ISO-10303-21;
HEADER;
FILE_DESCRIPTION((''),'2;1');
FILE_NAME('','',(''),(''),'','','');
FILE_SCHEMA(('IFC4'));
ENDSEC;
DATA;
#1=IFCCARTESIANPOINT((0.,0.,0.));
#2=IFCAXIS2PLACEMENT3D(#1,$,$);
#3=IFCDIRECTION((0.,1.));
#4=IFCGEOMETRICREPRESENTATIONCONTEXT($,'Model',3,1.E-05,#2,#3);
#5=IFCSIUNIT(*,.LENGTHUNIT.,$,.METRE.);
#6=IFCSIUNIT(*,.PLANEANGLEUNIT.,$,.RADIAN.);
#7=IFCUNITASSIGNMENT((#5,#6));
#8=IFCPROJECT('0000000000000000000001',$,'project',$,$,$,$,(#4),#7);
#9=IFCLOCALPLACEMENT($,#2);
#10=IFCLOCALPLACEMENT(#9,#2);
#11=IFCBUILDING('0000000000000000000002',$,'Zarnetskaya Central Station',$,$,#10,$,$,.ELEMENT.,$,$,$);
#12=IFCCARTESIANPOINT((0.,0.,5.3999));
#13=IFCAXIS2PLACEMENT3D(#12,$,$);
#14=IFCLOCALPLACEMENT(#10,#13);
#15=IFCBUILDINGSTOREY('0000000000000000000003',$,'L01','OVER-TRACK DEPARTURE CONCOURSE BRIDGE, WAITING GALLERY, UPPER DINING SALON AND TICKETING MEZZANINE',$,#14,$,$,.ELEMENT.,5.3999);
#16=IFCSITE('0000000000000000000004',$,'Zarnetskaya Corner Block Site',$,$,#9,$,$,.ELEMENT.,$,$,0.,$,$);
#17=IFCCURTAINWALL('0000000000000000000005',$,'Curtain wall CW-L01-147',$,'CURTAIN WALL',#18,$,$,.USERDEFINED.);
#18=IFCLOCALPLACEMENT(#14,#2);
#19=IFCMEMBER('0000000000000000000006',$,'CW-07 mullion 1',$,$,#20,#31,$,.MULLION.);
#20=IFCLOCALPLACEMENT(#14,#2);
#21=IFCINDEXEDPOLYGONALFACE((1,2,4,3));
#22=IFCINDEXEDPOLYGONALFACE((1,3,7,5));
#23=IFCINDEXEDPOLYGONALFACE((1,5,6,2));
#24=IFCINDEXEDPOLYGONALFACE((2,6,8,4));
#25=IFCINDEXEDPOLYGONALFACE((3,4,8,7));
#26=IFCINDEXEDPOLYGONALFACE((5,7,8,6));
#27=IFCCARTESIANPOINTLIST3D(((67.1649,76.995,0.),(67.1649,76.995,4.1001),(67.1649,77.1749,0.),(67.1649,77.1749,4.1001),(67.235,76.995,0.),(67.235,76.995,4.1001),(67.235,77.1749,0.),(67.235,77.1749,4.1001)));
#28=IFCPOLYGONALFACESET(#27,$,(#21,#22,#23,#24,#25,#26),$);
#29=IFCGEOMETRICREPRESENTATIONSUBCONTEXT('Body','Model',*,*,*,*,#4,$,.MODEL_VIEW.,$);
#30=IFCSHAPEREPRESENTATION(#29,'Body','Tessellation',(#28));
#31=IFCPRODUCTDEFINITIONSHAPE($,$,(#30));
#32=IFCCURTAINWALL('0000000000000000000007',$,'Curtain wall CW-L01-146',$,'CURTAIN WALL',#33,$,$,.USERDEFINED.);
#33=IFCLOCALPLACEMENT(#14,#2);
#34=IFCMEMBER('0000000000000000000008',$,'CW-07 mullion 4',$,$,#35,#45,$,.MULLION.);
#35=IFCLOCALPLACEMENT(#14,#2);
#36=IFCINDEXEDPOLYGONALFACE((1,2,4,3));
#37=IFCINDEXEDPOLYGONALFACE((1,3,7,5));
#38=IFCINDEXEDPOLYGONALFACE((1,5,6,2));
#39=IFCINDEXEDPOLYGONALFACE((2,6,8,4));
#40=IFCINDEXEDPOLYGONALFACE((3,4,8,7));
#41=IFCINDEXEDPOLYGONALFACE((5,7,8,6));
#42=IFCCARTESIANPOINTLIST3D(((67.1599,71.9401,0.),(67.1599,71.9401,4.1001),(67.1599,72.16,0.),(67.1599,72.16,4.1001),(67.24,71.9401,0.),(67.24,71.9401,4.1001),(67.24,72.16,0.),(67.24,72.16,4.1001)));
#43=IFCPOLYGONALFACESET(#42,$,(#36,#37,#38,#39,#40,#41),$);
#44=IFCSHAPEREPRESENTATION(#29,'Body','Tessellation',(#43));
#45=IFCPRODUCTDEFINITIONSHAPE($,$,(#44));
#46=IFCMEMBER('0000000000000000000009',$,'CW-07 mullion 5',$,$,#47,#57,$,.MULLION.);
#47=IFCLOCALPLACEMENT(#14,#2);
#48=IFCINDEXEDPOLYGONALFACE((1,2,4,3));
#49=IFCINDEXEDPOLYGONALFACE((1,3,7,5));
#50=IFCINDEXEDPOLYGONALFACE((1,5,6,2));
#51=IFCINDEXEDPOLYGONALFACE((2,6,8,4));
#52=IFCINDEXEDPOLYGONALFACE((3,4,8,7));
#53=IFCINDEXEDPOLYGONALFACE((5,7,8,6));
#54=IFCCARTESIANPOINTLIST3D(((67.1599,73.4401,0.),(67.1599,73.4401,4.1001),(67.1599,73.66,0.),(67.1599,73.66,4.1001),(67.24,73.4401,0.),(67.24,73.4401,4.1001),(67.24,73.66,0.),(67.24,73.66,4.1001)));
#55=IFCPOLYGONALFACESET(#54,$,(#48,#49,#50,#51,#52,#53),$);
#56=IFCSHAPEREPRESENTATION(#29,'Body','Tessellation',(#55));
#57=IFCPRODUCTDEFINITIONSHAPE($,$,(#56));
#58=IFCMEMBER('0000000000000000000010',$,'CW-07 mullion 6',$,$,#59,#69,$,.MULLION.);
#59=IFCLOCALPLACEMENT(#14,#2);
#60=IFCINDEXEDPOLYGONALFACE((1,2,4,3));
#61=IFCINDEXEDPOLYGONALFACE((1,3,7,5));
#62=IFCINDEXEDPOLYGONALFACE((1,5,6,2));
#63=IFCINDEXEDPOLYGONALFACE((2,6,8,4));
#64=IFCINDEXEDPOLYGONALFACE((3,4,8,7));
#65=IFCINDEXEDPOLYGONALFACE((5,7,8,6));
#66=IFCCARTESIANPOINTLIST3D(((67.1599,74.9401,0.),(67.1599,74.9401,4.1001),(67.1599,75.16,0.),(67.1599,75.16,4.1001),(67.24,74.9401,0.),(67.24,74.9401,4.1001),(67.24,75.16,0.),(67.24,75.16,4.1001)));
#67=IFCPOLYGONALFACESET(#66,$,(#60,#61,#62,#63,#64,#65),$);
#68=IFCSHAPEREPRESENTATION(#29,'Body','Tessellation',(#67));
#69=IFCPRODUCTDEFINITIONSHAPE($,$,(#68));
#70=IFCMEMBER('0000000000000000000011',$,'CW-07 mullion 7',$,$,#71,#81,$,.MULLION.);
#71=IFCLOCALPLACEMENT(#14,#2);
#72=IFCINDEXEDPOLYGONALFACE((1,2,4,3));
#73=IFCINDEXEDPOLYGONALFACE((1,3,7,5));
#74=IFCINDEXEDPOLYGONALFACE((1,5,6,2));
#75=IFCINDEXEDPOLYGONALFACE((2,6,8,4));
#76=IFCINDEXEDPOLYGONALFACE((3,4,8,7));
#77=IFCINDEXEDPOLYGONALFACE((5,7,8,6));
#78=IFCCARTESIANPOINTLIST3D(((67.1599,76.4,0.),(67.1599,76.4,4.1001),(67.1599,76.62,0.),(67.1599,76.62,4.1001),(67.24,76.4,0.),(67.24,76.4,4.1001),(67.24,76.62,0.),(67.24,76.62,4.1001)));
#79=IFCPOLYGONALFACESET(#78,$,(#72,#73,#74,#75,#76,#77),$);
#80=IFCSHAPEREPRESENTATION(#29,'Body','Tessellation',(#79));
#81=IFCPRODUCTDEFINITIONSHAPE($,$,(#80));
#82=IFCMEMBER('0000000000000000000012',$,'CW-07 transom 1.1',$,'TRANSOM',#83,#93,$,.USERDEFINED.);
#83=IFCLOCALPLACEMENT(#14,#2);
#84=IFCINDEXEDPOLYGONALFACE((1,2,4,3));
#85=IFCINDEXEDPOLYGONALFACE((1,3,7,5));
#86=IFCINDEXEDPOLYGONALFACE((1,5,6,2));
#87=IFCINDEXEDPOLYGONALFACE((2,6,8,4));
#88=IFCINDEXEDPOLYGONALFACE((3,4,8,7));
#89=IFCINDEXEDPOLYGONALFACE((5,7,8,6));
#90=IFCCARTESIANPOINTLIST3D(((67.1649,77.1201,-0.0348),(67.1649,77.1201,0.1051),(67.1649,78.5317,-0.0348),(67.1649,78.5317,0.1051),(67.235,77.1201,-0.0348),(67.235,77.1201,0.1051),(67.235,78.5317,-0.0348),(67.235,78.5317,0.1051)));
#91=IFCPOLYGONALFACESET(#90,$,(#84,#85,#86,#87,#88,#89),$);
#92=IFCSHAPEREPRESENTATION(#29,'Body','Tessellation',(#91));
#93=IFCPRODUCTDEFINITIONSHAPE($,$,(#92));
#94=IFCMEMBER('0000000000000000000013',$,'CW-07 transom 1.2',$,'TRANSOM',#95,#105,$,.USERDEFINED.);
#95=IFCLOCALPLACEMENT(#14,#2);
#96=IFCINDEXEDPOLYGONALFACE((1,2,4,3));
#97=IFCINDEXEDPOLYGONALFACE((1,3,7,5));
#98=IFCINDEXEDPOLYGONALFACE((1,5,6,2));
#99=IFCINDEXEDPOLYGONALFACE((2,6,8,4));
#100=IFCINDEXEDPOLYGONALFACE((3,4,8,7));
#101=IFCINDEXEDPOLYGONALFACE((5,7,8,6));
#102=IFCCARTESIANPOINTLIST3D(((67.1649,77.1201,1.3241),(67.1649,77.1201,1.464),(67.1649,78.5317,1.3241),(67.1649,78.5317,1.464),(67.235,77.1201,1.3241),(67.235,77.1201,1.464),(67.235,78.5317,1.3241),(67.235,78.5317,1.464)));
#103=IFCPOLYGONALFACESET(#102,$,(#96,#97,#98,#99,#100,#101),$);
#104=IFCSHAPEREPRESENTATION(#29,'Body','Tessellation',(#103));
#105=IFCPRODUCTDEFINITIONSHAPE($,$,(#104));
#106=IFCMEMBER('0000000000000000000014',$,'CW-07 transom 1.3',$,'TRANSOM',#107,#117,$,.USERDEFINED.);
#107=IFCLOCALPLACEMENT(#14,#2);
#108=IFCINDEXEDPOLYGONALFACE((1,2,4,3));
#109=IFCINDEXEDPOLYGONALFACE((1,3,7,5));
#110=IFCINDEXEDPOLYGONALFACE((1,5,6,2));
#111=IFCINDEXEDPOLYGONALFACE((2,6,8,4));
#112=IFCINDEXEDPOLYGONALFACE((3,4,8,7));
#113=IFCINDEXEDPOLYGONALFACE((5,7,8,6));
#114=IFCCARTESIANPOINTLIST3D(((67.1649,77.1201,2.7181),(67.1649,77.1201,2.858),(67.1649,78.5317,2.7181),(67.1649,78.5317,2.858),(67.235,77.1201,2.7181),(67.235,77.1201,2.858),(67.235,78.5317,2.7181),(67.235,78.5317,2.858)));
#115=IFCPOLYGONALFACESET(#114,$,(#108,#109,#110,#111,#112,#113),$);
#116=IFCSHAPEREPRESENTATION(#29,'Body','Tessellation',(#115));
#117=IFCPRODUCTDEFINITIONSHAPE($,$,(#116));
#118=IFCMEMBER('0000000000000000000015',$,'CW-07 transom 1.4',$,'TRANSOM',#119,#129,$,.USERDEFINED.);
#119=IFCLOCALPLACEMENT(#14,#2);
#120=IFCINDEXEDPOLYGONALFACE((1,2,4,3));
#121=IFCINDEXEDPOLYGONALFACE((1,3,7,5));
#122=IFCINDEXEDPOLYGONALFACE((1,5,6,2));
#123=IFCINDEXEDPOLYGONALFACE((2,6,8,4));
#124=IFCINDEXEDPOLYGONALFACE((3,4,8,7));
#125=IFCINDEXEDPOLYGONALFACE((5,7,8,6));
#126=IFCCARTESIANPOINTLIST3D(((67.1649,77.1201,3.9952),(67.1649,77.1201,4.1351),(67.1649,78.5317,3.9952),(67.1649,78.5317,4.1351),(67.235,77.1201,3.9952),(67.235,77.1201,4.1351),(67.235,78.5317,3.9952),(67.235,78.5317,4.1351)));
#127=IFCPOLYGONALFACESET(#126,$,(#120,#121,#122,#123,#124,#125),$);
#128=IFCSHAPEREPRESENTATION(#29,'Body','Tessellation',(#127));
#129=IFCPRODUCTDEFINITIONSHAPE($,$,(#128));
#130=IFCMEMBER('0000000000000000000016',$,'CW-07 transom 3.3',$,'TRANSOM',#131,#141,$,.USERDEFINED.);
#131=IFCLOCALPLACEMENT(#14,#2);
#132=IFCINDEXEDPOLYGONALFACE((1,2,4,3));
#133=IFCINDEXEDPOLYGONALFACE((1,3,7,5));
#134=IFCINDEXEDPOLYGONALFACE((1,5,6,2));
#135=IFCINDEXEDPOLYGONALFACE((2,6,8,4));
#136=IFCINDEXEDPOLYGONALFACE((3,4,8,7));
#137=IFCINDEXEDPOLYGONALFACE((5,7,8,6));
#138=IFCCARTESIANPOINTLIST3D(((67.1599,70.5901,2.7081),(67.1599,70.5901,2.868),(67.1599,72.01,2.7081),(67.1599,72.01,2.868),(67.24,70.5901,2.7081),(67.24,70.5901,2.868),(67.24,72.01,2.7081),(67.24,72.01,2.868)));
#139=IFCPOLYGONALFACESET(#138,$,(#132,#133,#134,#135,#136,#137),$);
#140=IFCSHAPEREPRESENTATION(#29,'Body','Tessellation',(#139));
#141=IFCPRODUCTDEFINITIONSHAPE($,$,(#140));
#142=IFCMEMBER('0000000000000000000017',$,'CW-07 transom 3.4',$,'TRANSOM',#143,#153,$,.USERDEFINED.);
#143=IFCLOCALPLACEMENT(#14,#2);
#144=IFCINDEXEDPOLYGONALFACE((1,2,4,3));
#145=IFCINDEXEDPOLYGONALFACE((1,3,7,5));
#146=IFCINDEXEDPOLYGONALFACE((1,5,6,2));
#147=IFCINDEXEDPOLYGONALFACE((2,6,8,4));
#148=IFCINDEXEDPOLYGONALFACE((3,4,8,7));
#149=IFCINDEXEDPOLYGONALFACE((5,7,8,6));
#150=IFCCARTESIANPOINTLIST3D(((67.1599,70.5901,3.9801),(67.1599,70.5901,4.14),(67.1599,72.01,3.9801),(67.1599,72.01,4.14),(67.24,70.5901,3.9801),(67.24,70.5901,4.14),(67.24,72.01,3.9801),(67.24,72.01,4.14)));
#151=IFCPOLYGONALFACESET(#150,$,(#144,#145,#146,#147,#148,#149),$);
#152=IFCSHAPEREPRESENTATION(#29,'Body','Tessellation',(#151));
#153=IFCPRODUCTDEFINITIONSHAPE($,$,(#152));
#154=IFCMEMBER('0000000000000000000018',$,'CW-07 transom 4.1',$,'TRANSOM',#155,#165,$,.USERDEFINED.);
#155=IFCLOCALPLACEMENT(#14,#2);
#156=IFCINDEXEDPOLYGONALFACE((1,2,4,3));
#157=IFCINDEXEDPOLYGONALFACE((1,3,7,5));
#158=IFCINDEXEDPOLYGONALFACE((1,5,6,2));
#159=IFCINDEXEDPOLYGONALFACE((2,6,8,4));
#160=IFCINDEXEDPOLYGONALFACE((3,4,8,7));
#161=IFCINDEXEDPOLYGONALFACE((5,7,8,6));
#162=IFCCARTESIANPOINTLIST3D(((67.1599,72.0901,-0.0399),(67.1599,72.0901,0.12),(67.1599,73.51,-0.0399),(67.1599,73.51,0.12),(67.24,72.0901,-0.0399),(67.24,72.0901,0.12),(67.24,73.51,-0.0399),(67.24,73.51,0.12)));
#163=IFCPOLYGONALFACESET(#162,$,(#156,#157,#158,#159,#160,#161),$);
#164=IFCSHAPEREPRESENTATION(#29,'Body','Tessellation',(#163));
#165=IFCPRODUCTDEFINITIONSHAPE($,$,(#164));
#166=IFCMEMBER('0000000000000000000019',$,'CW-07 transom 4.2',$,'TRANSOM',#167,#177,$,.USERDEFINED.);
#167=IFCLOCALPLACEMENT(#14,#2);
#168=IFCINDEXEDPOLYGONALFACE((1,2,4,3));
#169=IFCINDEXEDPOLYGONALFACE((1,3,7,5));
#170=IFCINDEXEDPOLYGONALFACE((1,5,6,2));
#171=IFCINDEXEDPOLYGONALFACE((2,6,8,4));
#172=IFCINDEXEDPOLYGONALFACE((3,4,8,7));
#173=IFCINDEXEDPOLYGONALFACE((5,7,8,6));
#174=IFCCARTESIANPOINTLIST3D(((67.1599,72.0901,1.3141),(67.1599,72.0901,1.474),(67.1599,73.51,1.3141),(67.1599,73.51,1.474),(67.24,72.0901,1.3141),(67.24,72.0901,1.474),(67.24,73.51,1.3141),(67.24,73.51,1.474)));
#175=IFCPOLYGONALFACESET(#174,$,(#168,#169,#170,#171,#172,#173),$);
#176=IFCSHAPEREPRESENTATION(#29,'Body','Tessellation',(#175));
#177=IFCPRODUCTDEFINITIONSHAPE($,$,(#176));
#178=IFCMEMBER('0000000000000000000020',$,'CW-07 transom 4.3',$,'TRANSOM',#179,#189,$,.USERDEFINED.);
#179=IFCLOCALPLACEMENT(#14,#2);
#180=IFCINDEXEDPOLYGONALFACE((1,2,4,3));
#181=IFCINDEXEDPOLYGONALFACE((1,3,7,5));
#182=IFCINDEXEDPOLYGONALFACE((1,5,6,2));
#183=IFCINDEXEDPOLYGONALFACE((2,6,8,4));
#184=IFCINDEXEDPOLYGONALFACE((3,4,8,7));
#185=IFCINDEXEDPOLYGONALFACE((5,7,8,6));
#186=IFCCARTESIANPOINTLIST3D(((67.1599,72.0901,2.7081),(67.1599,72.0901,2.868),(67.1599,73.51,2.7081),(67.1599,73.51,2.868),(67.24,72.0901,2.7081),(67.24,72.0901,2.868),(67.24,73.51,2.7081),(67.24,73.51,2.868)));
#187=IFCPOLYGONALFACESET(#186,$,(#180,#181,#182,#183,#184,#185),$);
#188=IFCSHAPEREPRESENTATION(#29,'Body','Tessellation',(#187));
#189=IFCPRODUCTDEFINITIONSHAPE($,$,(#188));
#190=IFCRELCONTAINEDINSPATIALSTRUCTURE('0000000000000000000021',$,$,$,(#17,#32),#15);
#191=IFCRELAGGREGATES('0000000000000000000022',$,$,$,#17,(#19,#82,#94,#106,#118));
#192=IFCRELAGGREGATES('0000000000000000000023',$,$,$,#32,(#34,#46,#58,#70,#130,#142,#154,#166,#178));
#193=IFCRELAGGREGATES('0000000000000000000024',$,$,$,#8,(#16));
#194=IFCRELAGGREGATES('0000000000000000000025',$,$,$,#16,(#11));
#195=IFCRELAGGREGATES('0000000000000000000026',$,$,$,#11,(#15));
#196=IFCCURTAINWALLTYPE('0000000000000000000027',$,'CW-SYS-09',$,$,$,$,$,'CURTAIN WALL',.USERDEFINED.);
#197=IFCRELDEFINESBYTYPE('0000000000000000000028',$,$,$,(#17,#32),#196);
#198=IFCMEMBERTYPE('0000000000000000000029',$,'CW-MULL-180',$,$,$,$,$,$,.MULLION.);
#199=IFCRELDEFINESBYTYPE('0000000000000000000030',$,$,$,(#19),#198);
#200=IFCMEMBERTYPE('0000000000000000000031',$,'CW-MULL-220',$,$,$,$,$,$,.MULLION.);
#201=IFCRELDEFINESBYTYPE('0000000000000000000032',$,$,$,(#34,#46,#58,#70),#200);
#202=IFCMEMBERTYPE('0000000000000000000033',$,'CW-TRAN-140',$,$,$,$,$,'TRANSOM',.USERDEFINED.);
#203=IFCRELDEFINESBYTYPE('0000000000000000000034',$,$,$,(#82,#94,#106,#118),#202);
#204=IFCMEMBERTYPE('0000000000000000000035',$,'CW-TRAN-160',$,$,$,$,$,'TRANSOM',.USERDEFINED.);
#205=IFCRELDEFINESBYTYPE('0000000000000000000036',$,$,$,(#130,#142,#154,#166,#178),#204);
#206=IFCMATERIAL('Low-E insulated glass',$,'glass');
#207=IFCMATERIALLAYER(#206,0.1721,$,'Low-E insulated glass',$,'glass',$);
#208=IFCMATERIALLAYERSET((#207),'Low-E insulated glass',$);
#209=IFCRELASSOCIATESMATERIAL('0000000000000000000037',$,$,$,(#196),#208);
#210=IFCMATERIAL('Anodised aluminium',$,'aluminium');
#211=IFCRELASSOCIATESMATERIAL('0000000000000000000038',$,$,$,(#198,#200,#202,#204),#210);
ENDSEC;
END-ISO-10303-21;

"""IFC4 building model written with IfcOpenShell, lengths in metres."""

from ifc_helpers import new_model, si_unit, direction, frame, origin, origin_2d, place, context, subcontext, project, spatial, rectangle, extrude, material, layer, layer_set, material_profile, profile_set, type_object, element, aggregate, save


model = new_model("IFC4")

# Units and contexts
model_context = context("Model", 3, precision=1e-05, world=origin(), true_north=direction((0.0, 1.0)))
body_context = subcontext(model_context, "Body", "Model", "MODEL_VIEW")
ifc_project = project(units=[si_unit("LENGTHUNIT", "METRE"), si_unit("PLANEANGLEUNIT", "RADIAN")], contexts=[model_context])

# Site, building, storey
site_placement = place(None, origin())
site = spatial("IfcSite", under=ifc_project, at=site_placement, Name="Zarnetskaya Corner Block Site", CompositionType="ELEMENT", RefElevation=0.0)
building_placement = place(site_placement, origin())
building = spatial("IfcBuilding", under=site, at=building_placement, Name="Zarnetskaya Central Station", CompositionType="ELEMENT")
storey_placement = place(building_placement, frame((0.0, 0.0, 5.3999)))
storey = spatial("IfcBuildingStorey", under=building, at=storey_placement, Name="L01", Description="OVER-TRACK DEPARTURE CONCOURSE BRIDGE, WAITING GALLERY, UPPER DINING SALON AND TICKETING MEZZANINE", CompositionType="ELEMENT", Elevation=5.3999)

# Curtain wall, member
ifc_material_1 = material(Name="Low-E insulated glass", Category="glass")
ifc_layer_1 = layer(ifc_material_1, 0.1721, Name="Low-E insulated glass", Category="glass")
ifc_layer_set_1 = layer_set([ifc_layer_1], Name="Low-E insulated glass")
curtain_wall_type = type_object("IfcCurtainWallType", Name="CW-SYS-09", ElementType="CURTAIN WALL", PredefinedType="USERDEFINED", material=ifc_layer_set_1)
curtain_wall_1_placement = place(storey_placement, origin())
curtain_wall_1 = element("IfcCurtainWall", 1, at=curtain_wall_1_placement, inside=storey, type_object=curtain_wall_type, Name="Curtain wall CW-L01-147", ObjectType="CURTAIN WALL", PredefinedType="USERDEFINED")
ifc_material_2 = material(Name="Anodised aluminium", Category="aluminium")
ifc_material_profile_1 = material_profile(ifc_material_2, rectangle(XDim=0.0701, YDim=0.1799, at=origin_2d()), Name="ALU MULL 70x180")
ifc_profile_set_1 = profile_set([ifc_material_profile_1], Name="Anodised aluminium")
member_type_1 = type_object("IfcMemberType", Name="CW-MULL-180", PredefinedType="MULLION", material=ifc_profile_set_1)
member_1_placement = place(storey_placement, frame((67.2, 77.085, 0.0), z_axis=(0.0, 0.0, 1.0), x_axis=(-1.0, 0.0, 0.0)))
member_1 = element("IfcMember", 2, at=member_1_placement, type_object=member_type_1, Name="CW-07 mullion 1", PredefinedType="MULLION", context=body_context, shape_type="SweptSolid", body=[
    extrude(rectangle(XDim=0.0701, YDim=0.1799, at=origin_2d()), origin(), (0.0, 0.0, 1.0), 4.1001),
])

# Curtain wall, members
curtain_wall_2_placement = place(storey_placement, origin())
curtain_wall_2 = element("IfcCurtainWall", 3, at=curtain_wall_2_placement, inside=storey, type_object=curtain_wall_type, Name="Curtain wall CW-L01-146", ObjectType="CURTAIN WALL", PredefinedType="USERDEFINED")
ifc_material_profile_2 = material_profile(ifc_material_2, rectangle(XDim=0.0801, YDim=0.22, at=origin_2d()), Name="ALU MULL 80x220")
ifc_profile_set_2 = profile_set([ifc_material_profile_2], Name="Anodised aluminium")
member_type_2 = type_object("IfcMemberType", Name="CW-MULL-220", PredefinedType="MULLION", material=ifc_profile_set_2)
member_2_placement = place(storey_placement, frame((67.2, 72.05, 0.0), z_axis=(0.0, 0.0, 1.0), x_axis=(-1.0, 0.0, 0.0)))
member_2 = element("IfcMember", 4, at=member_2_placement, type_object=member_type_2, Name="CW-07 mullion 4", PredefinedType="MULLION", context=body_context, shape_type="SweptSolid", body=[
    extrude(rectangle(XDim=0.0801, YDim=0.22, at=origin_2d()), origin(), (0.0, 0.0, 1.0), 4.1001),
])
member_3_placement = place(storey_placement, frame((67.2, 73.55, 0.0), z_axis=(0.0, 0.0, 1.0), x_axis=(-1.0, 0.0, 0.0)))
member_3 = element("IfcMember", 5, at=member_3_placement, type_object=member_type_2, Name="CW-07 mullion 5", PredefinedType="MULLION", context=body_context, shape_type="SweptSolid", body=[
    extrude(rectangle(XDim=0.0801, YDim=0.22, at=origin_2d()), origin(), (0.0, 0.0, 1.0), 4.1001),
])
member_4_placement = place(storey_placement, frame((67.2, 75.05, 0.0), z_axis=(0.0, 0.0, 1.0), x_axis=(-1.0, 0.0, 0.0)))
member_4 = element("IfcMember", 6, at=member_4_placement, type_object=member_type_2, Name="CW-07 mullion 6", PredefinedType="MULLION", context=body_context, shape_type="SweptSolid", body=[
    extrude(rectangle(XDim=0.0801, YDim=0.22, at=origin_2d()), origin(), (0.0, 0.0, 1.0), 4.1001),
])
member_5_placement = place(storey_placement, frame((67.2, 76.51, 0.0), z_axis=(0.0, 0.0, 1.0), x_axis=(-1.0, 0.0, 0.0)))
member_5 = element("IfcMember", 7, at=member_5_placement, type_object=member_type_2, Name="CW-07 mullion 7", PredefinedType="MULLION", context=body_context, shape_type="SweptSolid", body=[
    extrude(rectangle(XDim=0.0801, YDim=0.22, at=origin_2d()), origin(), (0.0, 0.0, 1.0), 4.1001),
])

# Members
ifc_material_profile_3 = material_profile(ifc_material_2, rectangle(XDim=0.0701, YDim=0.1399, at=origin_2d()), Name="ALU TRAN 70x140")
ifc_profile_set_3 = profile_set([ifc_material_profile_3], Name="Anodised aluminium")
member_type_3 = type_object("IfcMemberType", Name="CW-TRAN-140", ElementType="TRANSOM", PredefinedType="USERDEFINED", material=ifc_profile_set_3)
member_6_placement = place(storey_placement, frame((67.2, 77.1201, 0.0352), z_axis=(0.0, 1.0, 0.0), x_axis=(-1.0, 0.0, 0.0)))
member_6 = element("IfcMember", 8, at=member_6_placement, type_object=member_type_3, Name="CW-07 transom 1.1", ObjectType="TRANSOM", PredefinedType="USERDEFINED", context=body_context, shape_type="SweptSolid", body=[
    extrude(rectangle(XDim=0.0701, YDim=0.1399, at=origin_2d()), origin(), (0.0, 0.0, 1.0), 1.4116),
])
member_7_placement = place(storey_placement, frame((67.2, 77.1201, 1.394), z_axis=(0.0, 1.0, 0.0), x_axis=(-1.0, 0.0, 0.0)))
member_7 = element("IfcMember", 9, at=member_7_placement, type_object=member_type_3, Name="CW-07 transom 1.2", ObjectType="TRANSOM", PredefinedType="USERDEFINED", context=body_context, shape_type="SweptSolid", body=[
    extrude(rectangle(XDim=0.0701, YDim=0.1399, at=origin_2d()), origin(), (0.0, 0.0, 1.0), 1.4116),
])
member_8_placement = place(storey_placement, frame((67.2, 77.1201, 2.7881), z_axis=(0.0, 1.0, 0.0), x_axis=(-1.0, 0.0, 0.0)))
member_8 = element("IfcMember", 10, at=member_8_placement, type_object=member_type_3, Name="CW-07 transom 1.3", ObjectType="TRANSOM", PredefinedType="USERDEFINED", context=body_context, shape_type="SweptSolid", body=[
    extrude(rectangle(XDim=0.0701, YDim=0.1399, at=origin_2d()), origin(), (0.0, 0.0, 1.0), 1.4116),
])
member_9_placement = place(storey_placement, frame((67.2, 77.1201, 4.0652), z_axis=(0.0, 1.0, 0.0), x_axis=(-1.0, 0.0, 0.0)))
member_9 = element("IfcMember", 11, at=member_9_placement, type_object=member_type_3, Name="CW-07 transom 1.4", ObjectType="TRANSOM", PredefinedType="USERDEFINED", context=body_context, shape_type="SweptSolid", body=[
    extrude(rectangle(XDim=0.0701, YDim=0.1399, at=origin_2d()), origin(), (0.0, 0.0, 1.0), 1.4116),
])
aggregate(curtain_wall_1, [member_1, member_6, member_7, member_8, member_9])
ifc_material_profile_4 = material_profile(ifc_material_2, rectangle(XDim=0.0801, YDim=0.1599, at=origin_2d()), Name="ALU TRAN 80x160")
ifc_profile_set_4 = profile_set([ifc_material_profile_4], Name="Anodised aluminium")
member_type_4 = type_object("IfcMemberType", Name="CW-TRAN-160", ElementType="TRANSOM", PredefinedType="USERDEFINED", material=ifc_profile_set_4)
member_10_placement = place(storey_placement, frame((67.2, 70.5901, 2.7881), z_axis=(0.0, 1.0, 0.0), x_axis=(-1.0, 0.0, 0.0)))
member_10 = element("IfcMember", 12, at=member_10_placement, type_object=member_type_4, Name="CW-07 transom 3.3", ObjectType="TRANSOM", PredefinedType="USERDEFINED", context=body_context, shape_type="SweptSolid", body=[
    extrude(rectangle(XDim=0.0801, YDim=0.1599, at=origin_2d()), origin(), (0.0, 0.0, 1.0), 1.4199),
])
member_11_placement = place(storey_placement, frame((67.2, 70.5901, 4.0601), z_axis=(0.0, 1.0, 0.0), x_axis=(-1.0, 0.0, 0.0)))
member_11 = element("IfcMember", 13, at=member_11_placement, type_object=member_type_4, Name="CW-07 transom 3.4", ObjectType="TRANSOM", PredefinedType="USERDEFINED", context=body_context, shape_type="SweptSolid", body=[
    extrude(rectangle(XDim=0.0801, YDim=0.1599, at=origin_2d()), origin(), (0.0, 0.0, 1.0), 1.4199),
])
member_12_placement = place(storey_placement, frame((67.2, 72.0901, 0.04), z_axis=(0.0, 1.0, 0.0), x_axis=(-1.0, 0.0, 0.0)))
member_12 = element("IfcMember", 14, at=member_12_placement, type_object=member_type_4, Name="CW-07 transom 4.1", ObjectType="TRANSOM", PredefinedType="USERDEFINED", context=body_context, shape_type="SweptSolid", body=[
    extrude(rectangle(XDim=0.0801, YDim=0.1599, at=origin_2d()), origin(), (0.0, 0.0, 1.0), 1.4199),
])
member_13_placement = place(storey_placement, frame((67.2, 72.0901, 1.394), z_axis=(0.0, 1.0, 0.0), x_axis=(-1.0, 0.0, 0.0)))
member_13 = element("IfcMember", 15, at=member_13_placement, type_object=member_type_4, Name="CW-07 transom 4.2", ObjectType="TRANSOM", PredefinedType="USERDEFINED", context=body_context, shape_type="SweptSolid", body=[
    extrude(rectangle(XDim=0.0801, YDim=0.1599, at=origin_2d()), origin(), (0.0, 0.0, 1.0), 1.4199),
])
member_14_placement = place(storey_placement, frame((67.2, 72.0901, 2.7881), z_axis=(0.0, 1.0, 0.0), x_axis=(-1.0, 0.0, 0.0)))
member_14 = element("IfcMember", 16, at=member_14_placement, type_object=member_type_4, Name="CW-07 transom 4.3", ObjectType="TRANSOM", PredefinedType="USERDEFINED", context=body_context, shape_type="SweptSolid", body=[
    extrude(rectangle(XDim=0.0801, YDim=0.1599, at=origin_2d()), origin(), (0.0, 0.0, 1.0), 1.4199),
])

aggregate(curtain_wall_2, [member_2, member_3, member_4, member_5, member_10, member_11, member_12, member_13, member_14])

save(model, "model.ifc")
